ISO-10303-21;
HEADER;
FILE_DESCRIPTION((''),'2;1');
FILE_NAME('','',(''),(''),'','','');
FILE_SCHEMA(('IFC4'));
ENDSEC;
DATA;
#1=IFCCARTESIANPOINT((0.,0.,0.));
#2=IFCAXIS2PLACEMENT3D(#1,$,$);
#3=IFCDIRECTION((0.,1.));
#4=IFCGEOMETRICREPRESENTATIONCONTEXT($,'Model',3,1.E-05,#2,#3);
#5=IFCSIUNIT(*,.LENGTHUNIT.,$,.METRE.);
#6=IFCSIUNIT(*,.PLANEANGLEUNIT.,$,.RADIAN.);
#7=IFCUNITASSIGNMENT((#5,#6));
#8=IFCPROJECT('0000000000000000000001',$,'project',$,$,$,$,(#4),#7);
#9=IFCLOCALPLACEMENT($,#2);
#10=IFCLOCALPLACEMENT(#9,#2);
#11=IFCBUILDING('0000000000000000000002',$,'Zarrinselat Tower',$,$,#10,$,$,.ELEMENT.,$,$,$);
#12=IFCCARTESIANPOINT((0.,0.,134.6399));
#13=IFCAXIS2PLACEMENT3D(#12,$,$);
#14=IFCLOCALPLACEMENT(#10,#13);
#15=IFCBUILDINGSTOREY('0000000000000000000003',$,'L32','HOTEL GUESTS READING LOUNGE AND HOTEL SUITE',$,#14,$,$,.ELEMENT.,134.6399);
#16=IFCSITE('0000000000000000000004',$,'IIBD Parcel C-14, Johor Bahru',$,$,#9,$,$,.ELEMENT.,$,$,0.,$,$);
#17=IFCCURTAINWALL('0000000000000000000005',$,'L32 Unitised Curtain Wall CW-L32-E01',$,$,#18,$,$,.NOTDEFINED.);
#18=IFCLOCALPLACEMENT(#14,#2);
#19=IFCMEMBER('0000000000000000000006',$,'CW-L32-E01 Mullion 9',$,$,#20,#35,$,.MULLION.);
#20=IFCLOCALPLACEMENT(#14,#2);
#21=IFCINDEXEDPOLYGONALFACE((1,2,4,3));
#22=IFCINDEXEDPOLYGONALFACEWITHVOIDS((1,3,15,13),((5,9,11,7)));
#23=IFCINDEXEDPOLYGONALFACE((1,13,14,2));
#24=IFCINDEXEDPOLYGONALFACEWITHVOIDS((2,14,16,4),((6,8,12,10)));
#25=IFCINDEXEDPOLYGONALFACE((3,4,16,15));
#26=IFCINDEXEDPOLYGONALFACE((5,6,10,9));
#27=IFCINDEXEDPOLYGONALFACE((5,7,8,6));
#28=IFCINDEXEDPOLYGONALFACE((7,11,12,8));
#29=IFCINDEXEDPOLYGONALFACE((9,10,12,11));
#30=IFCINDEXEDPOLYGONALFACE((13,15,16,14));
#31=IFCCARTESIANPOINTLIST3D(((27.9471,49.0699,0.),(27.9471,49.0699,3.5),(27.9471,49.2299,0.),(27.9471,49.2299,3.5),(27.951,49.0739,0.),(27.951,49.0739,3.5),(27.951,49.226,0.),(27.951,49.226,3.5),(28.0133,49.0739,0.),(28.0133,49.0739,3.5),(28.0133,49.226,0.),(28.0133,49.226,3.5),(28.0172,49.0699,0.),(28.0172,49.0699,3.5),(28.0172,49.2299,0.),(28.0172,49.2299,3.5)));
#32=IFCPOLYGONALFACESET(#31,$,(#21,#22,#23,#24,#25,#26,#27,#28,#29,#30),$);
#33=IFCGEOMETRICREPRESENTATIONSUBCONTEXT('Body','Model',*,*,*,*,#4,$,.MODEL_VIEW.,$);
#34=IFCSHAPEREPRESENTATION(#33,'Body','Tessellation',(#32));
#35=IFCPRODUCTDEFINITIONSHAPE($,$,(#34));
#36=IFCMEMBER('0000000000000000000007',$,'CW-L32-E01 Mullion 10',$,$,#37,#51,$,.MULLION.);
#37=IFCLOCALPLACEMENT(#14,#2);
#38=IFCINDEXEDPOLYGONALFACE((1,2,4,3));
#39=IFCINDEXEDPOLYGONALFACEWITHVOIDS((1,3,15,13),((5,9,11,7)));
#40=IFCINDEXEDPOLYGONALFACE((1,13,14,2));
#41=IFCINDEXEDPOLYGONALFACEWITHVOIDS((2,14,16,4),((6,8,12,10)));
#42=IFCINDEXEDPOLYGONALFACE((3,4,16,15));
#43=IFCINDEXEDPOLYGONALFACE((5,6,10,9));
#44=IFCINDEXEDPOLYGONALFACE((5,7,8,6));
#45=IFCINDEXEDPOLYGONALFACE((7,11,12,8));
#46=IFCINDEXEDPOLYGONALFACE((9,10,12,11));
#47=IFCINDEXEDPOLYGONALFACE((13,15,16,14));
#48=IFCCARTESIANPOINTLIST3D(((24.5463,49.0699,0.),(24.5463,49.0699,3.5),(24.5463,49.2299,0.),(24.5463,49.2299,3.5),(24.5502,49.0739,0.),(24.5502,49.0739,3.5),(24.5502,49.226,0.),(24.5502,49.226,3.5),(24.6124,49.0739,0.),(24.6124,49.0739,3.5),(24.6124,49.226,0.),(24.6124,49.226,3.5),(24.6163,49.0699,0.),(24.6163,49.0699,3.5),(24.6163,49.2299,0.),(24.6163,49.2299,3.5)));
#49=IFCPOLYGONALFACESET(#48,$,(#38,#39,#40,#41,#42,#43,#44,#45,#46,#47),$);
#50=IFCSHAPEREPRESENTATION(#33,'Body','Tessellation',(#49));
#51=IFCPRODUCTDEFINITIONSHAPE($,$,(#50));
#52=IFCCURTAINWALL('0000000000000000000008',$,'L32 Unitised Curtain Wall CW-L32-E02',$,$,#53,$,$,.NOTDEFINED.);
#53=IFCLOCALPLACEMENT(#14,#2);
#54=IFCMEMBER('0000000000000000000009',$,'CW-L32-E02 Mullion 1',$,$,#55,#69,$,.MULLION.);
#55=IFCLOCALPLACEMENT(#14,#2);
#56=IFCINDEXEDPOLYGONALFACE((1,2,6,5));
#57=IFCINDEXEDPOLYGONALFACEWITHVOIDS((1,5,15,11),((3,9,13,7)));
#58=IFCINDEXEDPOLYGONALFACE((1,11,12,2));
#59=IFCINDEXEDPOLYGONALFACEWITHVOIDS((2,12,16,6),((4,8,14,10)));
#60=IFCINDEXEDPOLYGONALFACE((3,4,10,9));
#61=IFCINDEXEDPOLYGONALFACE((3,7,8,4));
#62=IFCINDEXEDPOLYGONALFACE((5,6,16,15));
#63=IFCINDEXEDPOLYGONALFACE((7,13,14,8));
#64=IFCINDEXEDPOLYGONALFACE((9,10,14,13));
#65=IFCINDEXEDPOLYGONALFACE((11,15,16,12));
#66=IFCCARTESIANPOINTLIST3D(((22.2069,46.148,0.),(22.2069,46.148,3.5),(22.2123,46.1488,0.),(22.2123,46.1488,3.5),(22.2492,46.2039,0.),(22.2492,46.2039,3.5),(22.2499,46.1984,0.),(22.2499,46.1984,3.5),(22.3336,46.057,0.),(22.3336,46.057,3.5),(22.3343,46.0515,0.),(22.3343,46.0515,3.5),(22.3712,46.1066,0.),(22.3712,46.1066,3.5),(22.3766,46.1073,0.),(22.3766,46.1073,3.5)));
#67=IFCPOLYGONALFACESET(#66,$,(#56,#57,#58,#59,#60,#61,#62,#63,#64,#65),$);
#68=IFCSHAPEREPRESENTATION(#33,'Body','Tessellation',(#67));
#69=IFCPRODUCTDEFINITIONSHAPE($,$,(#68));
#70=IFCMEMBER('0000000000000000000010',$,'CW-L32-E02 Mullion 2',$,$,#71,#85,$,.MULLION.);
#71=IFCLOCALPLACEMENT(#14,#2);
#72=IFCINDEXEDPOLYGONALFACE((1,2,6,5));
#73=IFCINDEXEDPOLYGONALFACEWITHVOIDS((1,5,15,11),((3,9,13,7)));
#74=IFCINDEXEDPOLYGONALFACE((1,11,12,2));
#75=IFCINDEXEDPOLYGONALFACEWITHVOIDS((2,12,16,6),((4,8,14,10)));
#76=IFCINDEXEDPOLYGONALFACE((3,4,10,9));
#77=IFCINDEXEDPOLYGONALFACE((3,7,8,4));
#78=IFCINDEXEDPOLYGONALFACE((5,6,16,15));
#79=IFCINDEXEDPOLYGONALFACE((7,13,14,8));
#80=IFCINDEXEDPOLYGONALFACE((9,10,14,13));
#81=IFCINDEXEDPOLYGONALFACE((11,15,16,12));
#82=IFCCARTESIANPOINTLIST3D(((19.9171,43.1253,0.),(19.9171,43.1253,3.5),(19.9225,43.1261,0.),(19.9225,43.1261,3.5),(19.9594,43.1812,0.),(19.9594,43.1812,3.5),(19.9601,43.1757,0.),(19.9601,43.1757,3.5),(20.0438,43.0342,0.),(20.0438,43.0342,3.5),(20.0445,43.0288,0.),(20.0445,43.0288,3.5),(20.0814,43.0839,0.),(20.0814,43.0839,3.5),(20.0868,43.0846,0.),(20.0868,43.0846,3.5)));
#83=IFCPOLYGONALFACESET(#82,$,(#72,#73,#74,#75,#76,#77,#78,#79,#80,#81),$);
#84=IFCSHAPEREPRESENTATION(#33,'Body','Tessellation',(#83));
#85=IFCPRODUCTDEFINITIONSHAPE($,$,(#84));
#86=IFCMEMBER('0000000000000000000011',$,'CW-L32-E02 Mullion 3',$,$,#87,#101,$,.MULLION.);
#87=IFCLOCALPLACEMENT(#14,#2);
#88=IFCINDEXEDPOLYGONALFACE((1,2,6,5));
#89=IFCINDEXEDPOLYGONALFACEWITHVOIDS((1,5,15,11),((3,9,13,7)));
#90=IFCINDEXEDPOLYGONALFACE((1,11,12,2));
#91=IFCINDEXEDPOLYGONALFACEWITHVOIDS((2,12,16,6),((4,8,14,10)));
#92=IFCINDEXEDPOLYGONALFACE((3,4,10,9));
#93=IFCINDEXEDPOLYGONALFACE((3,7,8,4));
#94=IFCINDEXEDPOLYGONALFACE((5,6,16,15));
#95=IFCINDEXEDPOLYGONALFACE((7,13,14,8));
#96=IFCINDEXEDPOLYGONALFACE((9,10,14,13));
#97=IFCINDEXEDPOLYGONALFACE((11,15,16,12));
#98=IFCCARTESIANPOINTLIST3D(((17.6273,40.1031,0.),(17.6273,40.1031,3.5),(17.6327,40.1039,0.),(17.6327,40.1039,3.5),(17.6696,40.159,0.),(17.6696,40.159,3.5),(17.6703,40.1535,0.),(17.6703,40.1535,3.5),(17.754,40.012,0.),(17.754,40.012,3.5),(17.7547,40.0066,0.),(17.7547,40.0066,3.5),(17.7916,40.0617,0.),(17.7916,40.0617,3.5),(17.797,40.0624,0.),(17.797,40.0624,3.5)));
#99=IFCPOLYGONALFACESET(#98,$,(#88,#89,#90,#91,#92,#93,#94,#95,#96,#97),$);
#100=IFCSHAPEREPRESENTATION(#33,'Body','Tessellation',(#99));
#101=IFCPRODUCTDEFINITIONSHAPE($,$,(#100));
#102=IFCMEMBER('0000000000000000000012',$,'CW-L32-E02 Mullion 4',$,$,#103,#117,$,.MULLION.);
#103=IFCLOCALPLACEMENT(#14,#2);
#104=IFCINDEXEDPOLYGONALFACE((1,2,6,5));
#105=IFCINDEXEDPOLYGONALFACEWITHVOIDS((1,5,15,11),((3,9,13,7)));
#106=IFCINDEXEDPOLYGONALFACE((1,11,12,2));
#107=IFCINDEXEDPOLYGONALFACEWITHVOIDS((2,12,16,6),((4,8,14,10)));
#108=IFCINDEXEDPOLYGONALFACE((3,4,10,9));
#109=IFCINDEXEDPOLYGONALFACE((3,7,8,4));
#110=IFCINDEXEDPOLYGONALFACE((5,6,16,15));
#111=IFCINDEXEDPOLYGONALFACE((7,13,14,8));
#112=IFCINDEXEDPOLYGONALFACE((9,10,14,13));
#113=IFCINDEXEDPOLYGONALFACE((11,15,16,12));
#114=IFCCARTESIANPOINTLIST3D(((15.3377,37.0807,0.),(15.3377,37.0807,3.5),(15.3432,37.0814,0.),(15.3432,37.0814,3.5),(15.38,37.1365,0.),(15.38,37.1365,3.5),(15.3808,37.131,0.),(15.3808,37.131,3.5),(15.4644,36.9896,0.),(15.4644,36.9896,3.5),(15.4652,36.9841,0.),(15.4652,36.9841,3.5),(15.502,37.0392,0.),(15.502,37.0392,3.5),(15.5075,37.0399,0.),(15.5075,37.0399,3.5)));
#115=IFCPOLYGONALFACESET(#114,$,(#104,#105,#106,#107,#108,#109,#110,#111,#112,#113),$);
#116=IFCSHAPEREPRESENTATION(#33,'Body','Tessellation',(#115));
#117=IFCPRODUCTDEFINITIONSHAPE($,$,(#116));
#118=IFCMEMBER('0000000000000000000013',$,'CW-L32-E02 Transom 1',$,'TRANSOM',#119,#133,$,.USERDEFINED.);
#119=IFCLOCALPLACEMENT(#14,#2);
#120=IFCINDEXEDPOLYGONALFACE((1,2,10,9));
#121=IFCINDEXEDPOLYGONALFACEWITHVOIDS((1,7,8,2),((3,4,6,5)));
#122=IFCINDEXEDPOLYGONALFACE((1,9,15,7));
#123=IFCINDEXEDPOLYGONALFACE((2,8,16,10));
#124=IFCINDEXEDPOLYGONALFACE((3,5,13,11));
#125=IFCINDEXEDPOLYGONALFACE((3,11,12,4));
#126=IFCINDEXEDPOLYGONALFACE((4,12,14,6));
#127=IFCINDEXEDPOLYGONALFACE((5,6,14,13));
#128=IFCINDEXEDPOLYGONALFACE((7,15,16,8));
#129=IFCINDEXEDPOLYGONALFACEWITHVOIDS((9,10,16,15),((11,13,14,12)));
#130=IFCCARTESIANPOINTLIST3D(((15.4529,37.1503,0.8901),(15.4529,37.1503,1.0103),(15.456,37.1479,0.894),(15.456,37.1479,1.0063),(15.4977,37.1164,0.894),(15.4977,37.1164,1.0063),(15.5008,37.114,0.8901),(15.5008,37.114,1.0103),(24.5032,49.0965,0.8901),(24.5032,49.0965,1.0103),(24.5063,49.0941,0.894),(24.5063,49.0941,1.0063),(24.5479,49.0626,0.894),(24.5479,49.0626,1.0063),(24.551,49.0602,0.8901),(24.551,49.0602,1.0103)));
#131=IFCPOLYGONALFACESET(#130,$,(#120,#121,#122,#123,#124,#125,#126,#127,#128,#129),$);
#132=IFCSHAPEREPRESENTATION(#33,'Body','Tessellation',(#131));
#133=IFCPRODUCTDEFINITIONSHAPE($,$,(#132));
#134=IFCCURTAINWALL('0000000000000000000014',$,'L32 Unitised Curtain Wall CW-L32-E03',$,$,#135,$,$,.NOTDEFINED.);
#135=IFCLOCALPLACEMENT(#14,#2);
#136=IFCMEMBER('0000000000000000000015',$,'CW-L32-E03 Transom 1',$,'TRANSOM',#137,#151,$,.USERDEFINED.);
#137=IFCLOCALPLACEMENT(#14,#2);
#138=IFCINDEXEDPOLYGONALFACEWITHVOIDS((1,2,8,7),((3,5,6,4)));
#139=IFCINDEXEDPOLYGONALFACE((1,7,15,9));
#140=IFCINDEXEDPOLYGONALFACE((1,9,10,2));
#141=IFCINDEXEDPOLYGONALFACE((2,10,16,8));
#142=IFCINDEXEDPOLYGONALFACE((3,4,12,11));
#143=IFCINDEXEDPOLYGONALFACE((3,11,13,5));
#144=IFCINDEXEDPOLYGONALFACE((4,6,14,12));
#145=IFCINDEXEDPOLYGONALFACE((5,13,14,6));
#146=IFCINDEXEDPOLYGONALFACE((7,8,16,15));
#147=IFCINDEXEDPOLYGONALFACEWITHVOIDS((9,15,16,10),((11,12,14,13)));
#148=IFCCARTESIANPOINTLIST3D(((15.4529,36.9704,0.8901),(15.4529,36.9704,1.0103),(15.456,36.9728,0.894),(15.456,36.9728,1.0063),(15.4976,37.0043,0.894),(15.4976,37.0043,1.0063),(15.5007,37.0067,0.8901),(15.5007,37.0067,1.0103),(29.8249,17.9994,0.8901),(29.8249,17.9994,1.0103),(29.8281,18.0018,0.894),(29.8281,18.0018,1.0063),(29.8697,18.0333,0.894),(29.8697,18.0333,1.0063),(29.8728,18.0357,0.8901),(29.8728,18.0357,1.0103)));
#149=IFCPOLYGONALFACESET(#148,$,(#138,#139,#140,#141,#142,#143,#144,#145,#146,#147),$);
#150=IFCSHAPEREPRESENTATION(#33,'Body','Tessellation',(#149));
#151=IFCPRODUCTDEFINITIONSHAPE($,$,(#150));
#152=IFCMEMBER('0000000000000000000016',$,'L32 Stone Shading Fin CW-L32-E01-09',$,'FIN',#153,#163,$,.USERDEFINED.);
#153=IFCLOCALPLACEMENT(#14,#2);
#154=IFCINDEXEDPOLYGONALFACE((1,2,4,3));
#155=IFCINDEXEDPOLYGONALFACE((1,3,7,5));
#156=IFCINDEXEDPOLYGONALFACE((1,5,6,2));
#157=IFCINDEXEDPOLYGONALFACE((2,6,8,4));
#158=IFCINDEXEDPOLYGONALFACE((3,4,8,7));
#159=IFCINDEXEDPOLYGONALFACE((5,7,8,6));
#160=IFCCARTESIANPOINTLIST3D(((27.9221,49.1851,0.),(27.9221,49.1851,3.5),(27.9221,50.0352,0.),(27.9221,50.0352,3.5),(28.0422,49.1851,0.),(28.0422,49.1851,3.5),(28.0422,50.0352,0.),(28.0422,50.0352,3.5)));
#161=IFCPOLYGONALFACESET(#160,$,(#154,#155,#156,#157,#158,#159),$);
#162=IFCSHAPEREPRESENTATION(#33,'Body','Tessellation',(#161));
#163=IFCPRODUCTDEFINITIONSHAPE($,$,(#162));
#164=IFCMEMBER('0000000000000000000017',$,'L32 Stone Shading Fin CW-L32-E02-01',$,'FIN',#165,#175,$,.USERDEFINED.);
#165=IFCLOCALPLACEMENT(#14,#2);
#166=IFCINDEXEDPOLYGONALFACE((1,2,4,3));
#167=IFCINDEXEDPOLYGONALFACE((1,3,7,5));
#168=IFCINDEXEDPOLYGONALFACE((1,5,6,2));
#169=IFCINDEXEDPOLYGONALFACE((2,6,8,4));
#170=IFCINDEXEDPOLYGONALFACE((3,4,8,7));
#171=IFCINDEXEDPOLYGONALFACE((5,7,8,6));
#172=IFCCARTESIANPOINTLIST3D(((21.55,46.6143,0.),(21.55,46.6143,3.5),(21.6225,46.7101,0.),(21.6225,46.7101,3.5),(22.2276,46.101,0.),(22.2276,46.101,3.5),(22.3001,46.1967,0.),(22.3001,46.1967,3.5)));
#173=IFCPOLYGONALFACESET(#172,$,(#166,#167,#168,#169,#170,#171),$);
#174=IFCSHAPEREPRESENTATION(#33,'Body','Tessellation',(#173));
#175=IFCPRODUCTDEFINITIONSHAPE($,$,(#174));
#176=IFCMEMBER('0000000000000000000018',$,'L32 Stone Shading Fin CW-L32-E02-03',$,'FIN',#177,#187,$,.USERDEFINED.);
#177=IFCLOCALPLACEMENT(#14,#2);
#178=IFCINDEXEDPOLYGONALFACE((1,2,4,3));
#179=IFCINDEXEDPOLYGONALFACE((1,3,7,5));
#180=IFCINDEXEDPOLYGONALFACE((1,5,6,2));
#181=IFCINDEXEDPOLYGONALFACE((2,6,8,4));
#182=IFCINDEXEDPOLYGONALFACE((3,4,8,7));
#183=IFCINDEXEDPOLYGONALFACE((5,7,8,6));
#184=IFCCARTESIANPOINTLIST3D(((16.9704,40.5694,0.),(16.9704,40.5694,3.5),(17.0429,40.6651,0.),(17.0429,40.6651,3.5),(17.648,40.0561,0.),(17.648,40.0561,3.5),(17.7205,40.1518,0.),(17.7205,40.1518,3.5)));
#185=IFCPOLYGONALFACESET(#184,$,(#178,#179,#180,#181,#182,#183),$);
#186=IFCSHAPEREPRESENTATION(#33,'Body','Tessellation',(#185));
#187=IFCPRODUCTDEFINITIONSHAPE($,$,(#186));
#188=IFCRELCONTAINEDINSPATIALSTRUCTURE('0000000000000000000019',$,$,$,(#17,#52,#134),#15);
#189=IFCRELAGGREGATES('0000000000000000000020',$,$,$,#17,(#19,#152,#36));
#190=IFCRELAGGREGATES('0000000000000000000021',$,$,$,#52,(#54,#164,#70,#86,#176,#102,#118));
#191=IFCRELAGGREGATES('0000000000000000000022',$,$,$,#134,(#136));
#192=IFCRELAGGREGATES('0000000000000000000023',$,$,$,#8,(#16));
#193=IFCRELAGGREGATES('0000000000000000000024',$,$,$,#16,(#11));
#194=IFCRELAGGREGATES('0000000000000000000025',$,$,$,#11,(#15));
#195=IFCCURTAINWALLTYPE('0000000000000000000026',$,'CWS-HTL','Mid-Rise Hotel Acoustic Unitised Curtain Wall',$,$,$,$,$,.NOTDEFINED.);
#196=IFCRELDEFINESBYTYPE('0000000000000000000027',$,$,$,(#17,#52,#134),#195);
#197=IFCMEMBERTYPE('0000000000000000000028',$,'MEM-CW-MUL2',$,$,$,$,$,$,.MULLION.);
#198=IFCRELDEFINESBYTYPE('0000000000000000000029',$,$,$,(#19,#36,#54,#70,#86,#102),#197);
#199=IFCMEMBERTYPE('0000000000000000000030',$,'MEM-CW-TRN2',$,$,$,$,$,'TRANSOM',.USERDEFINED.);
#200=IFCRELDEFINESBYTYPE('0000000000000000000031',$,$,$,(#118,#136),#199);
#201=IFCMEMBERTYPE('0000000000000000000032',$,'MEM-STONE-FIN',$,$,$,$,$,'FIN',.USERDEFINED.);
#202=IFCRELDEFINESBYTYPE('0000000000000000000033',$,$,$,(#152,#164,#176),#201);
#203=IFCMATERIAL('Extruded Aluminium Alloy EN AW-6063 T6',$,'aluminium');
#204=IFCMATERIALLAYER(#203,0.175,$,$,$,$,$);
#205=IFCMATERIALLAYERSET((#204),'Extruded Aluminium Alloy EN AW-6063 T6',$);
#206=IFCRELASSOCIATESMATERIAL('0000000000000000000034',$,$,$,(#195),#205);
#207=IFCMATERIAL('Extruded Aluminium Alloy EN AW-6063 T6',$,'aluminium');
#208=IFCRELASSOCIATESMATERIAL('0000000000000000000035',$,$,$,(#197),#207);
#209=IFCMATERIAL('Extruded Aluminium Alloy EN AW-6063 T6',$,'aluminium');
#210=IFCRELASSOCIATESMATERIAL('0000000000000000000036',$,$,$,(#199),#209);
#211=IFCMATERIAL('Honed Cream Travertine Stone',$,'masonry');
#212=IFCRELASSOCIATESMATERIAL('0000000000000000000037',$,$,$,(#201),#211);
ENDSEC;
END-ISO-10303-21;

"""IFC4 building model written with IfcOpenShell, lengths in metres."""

from ifc_helpers import new_model, si_unit, direction, frame, origin, origin_2d, place, context, subcontext, project, spatial, rectangle, hollow_rectangle, extrude, material, layer, layer_set, material_profile, profile_set, type_object, element, aggregate, save


model = new_model("IFC4")

# Units and contexts
model_context = context("Model", 3, precision=1e-05, world=origin(), true_north=direction((0.0, 1.0)))
body_context = subcontext(model_context, "Body", "Model", "MODEL_VIEW")
ifc_project = project(units=[si_unit("LENGTHUNIT", "METRE"), si_unit("PLANEANGLEUNIT", "RADIAN")], contexts=[model_context])

# Site, building, storey
site_placement = place(None, origin())
site = spatial("IfcSite", under=ifc_project, at=site_placement, Name="IIBD Parcel C-14, Johor Bahru", CompositionType="ELEMENT", RefElevation=0.0)
building_placement = place(site_placement, origin())
building = spatial("IfcBuilding", under=site, at=building_placement, Name="Zarrinselat Tower", CompositionType="ELEMENT")
storey_placement = place(building_placement, frame((0.0, 0.0, 134.6399)))
storey = spatial("IfcBuildingStorey", under=building, at=storey_placement, Name="L32", Description="HOTEL GUESTS READING LOUNGE AND HOTEL SUITE", CompositionType="ELEMENT", Elevation=134.6399)

# Curtain walls, members
ifc_material_1 = material(Name="Extruded Aluminium Alloy EN AW-6063 T6", Category="aluminium")
ifc_layer_1 = layer(ifc_material_1, 0.175)
ifc_layer_set_1 = layer_set([ifc_layer_1], Name="Extruded Aluminium Alloy EN AW-6063 T6")
curtain_wall_type = type_object("IfcCurtainWallType", Name="CWS-HTL", Description="Mid-Rise Hotel Acoustic Unitised Curtain Wall", PredefinedType="NOTDEFINED", material=ifc_layer_set_1)
curtain_wall_1_placement = place(storey_placement, origin())
curtain_wall_1 = element("IfcCurtainWall", 1, at=curtain_wall_1_placement, inside=storey, type_object=curtain_wall_type, Name="L32 Unitised Curtain Wall CW-L32-E01", PredefinedType="NOTDEFINED")
ifc_material_2 = material(Name="Extruded Aluminium Alloy EN AW-6063 T6", Category="aluminium")
ifc_material_profile_1 = material_profile(ifc_material_2, hollow_rectangle(XDim=0.0701, YDim=0.1599, WallThickness=0.0039, at=origin_2d()), Name="RHS 160x70x4")
ifc_profile_set_1 = profile_set([ifc_material_profile_1], Name="Extruded Aluminium Alloy EN AW-6063 T6")
member_type_1 = type_object("IfcMemberType", Name="MEM-CW-MUL2", PredefinedType="MULLION", material=ifc_profile_set_1)
member_1_placement = place(storey_placement, frame((27.9822, 49.1499, 0.0), z_axis=(0.0, 0.0, 1.0), x_axis=(-1.0, 0.0, 0.0)))
member_1 = element("IfcMember", 2, at=member_1_placement, type_object=member_type_1, Name="CW-L32-E01 Mullion 9", PredefinedType="MULLION", context=body_context, shape_type="SweptSolid", body=[
    extrude(hollow_rectangle(XDim=0.0701, YDim=0.1599, WallThickness=0.0039, at=origin_2d()), origin(), (0.0, 0.0, 1.0), 3.5),
])
member_2_placement = place(storey_placement, frame((24.5813, 49.1499, 0.0), z_axis=(0.0, 0.0, 1.0), x_axis=(-1.0, 0.0, 0.0)))
member_2 = element("IfcMember", 3, at=member_2_placement, type_object=member_type_1, Name="CW-L32-E01 Mullion 10", PredefinedType="MULLION", context=body_context, shape_type="SweptSolid", body=[
    extrude(hollow_rectangle(XDim=0.0701, YDim=0.1599, WallThickness=0.0039, at=origin_2d()), origin(), (0.0, 0.0, 1.0), 3.5),
])
curtain_wall_2_placement = place(storey_placement, origin())
curtain_wall_2 = element("IfcCurtainWall", 4, at=curtain_wall_2_placement, inside=storey, type_object=curtain_wall_type, Name="L32 Unitised Curtain Wall CW-L32-E02", PredefinedType="NOTDEFINED")
member_3_placement = place(storey_placement, frame((22.2917, 46.1277, 0.0), z_axis=(0.0, 0.0, 1.0), x_axis=(-0.603859, -0.797091, 0.0)))
member_3 = element("IfcMember", 5, at=member_3_placement, type_object=member_type_1, Name="CW-L32-E02 Mullion 1", PredefinedType="MULLION", context=body_context, shape_type="SweptSolid", body=[
    extrude(hollow_rectangle(XDim=0.0701, YDim=0.1599, WallThickness=0.0039, at=origin_2d()), origin(), (0.0, 0.0, 1.0), 3.5),
])
member_4_placement = place(storey_placement, frame((20.002, 43.105, 0.0), z_axis=(0.0, 0.0, 1.0), x_axis=(-0.603859, -0.797091, 0.0)))
member_4 = element("IfcMember", 6, at=member_4_placement, type_object=member_type_1, Name="CW-L32-E02 Mullion 2", PredefinedType="MULLION", context=body_context, shape_type="SweptSolid", body=[
    extrude(hollow_rectangle(XDim=0.0701, YDim=0.1599, WallThickness=0.0039, at=origin_2d()), origin(), (0.0, 0.0, 1.0), 3.5),
])
member_5_placement = place(storey_placement, frame((17.7122, 40.0828, 0.0), z_axis=(0.0, 0.0, 1.0), x_axis=(-0.603859, -0.797091, 0.0)))
member_5 = element("IfcMember", 7, at=member_5_placement, type_object=member_type_1, Name="CW-L32-E02 Mullion 3", PredefinedType="MULLION", context=body_context, shape_type="SweptSolid", body=[
    extrude(hollow_rectangle(XDim=0.0701, YDim=0.1599, WallThickness=0.0039, at=origin_2d()), origin(), (0.0, 0.0, 1.0), 3.5),
])
member_6_placement = place(storey_placement, frame((15.4226, 37.0603, 0.0), z_axis=(0.0, 0.0, 1.0), x_axis=(-0.603859, -0.797091, 0.0)))
member_6 = element("IfcMember", 8, at=member_6_placement, type_object=member_type_1, Name="CW-L32-E02 Mullion 4", PredefinedType="MULLION", context=body_context, shape_type="SweptSolid", body=[
    extrude(hollow_rectangle(XDim=0.0701, YDim=0.1599, WallThickness=0.0039, at=origin_2d()), origin(), (0.0, 0.0, 1.0), 3.5),
])
ifc_material_3 = material(Name="Extruded Aluminium Alloy EN AW-6063 T6", Category="aluminium")
ifc_material_profile_2 = material_profile(ifc_material_3, hollow_rectangle(XDim=0.0601, YDim=0.1201, WallThickness=0.0039, at=origin_2d()), Name="RHS 120x60x4")
ifc_profile_set_2 = profile_set([ifc_material_profile_2], Name="Extruded Aluminium Alloy EN AW-6063 T6")
member_type_2 = type_object("IfcMemberType", Name="MEM-CW-TRN2", ElementType="TRANSOM", PredefinedType="USERDEFINED", material=ifc_profile_set_2)
member_7_placement = place(storey_placement, frame((24.5271, 49.0784, 0.9502), z_axis=(-0.603861, -0.79709, 0.0), x_axis=(0.79709, -0.603861, 0.0)))
member_7 = element("IfcMember", 9, at=member_7_placement, type_object=member_type_2, Name="CW-L32-E02 Transom 1", ObjectType="TRANSOM", PredefinedType="USERDEFINED", context=body_context, shape_type="SweptSolid", body=[
    extrude(hollow_rectangle(XDim=0.0601, YDim=0.1201, WallThickness=0.0039, at=origin_2d()), origin(), (0.0, 0.0, 1.0), 14.9873),
])

# Curtain wall, member
curtain_wall_3_placement = place(storey_placement, origin())
curtain_wall_3 = element("IfcCurtainWall", 10, at=curtain_wall_3_placement, inside=storey, type_object=curtain_wall_type, Name="L32 Unitised Curtain Wall CW-L32-E03", PredefinedType="NOTDEFINED")
member_8_placement = place(storey_placement, frame((15.4768, 36.9885, 0.9502), z_axis=(0.603861, -0.797089, 0.0), x_axis=(0.797089, 0.603861, 0.0)))
member_8 = element("IfcMember", 11, at=member_8_placement, type_object=member_type_2, Name="CW-L32-E03 Transom 1", ObjectType="TRANSOM", PredefinedType="USERDEFINED", context=body_context, shape_type="SweptSolid", body=[
    extrude(hollow_rectangle(XDim=0.0601, YDim=0.1201, WallThickness=0.0039, at=origin_2d()), origin(), (0.0, 0.0, 1.0), 23.8003),
])

# Members
ifc_material_4 = material(Name="Honed Cream Travertine Stone", Category="masonry")
ifc_material_profile_3 = material_profile(ifc_material_4, rectangle(XDim=0.1201, YDim=0.8501, at=origin_2d()), Name="FIN 850x120")
ifc_profile_set_3 = profile_set([ifc_material_profile_3], Name="Honed Cream Travertine Stone")
member_type_3 = type_object("IfcMemberType", Name="MEM-STONE-FIN", ElementType="FIN", PredefinedType="USERDEFINED", material=ifc_profile_set_3)
member_9_placement = place(storey_placement, frame((27.9822, 49.6101, 0.0), z_axis=(0.0, 0.0, 1.0), x_axis=(1.0, 0.0, 0.0)))
member_9 = element("IfcMember", 12, at=member_9_placement, type_object=member_type_3, Name="L32 Stone Shading Fin CW-L32-E01-09", ObjectType="FIN", PredefinedType="USERDEFINED", context=body_context, shape_type="SweptSolid", body=[
    extrude(rectangle(XDim=0.1201, YDim=0.8501, at=origin_2d()), origin(), (0.0, 0.0, 1.0), 3.5),
])
member_10_placement = place(storey_placement, frame((21.925, 46.4055, 0.0), z_axis=(0.0, 0.0, 1.0), x_axis=(0.603859, 0.797091, 0.0)))
member_10 = element("IfcMember", 13, at=member_10_placement, type_object=member_type_3, Name="L32 Stone Shading Fin CW-L32-E02-01", ObjectType="FIN", PredefinedType="USERDEFINED", context=body_context, shape_type="SweptSolid", body=[
    extrude(rectangle(XDim=0.1201, YDim=0.8501, at=origin_2d()), origin(), (0.0, 0.0, 1.0), 3.5),
])
member_11_placement = place(storey_placement, frame((17.3455, 40.3606, 0.0), z_axis=(0.0, 0.0, 1.0), x_axis=(0.603859, 0.797091, 0.0)))
member_11 = element("IfcMember", 14, at=member_11_placement, type_object=member_type_3, Name="L32 Stone Shading Fin CW-L32-E02-03", ObjectType="FIN", PredefinedType="USERDEFINED", context=body_context, shape_type="SweptSolid", body=[
    extrude(rectangle(XDim=0.1201, YDim=0.8501, at=origin_2d()), origin(), (0.0, 0.0, 1.0), 3.5),
])

aggregate(curtain_wall_1, [member_1, member_9, member_2])
aggregate(curtain_wall_2, [member_3, member_10, member_4, member_5, member_11, member_6, member_7])
aggregate(curtain_wall_3, [member_8])

save(model, "model.ifc")
